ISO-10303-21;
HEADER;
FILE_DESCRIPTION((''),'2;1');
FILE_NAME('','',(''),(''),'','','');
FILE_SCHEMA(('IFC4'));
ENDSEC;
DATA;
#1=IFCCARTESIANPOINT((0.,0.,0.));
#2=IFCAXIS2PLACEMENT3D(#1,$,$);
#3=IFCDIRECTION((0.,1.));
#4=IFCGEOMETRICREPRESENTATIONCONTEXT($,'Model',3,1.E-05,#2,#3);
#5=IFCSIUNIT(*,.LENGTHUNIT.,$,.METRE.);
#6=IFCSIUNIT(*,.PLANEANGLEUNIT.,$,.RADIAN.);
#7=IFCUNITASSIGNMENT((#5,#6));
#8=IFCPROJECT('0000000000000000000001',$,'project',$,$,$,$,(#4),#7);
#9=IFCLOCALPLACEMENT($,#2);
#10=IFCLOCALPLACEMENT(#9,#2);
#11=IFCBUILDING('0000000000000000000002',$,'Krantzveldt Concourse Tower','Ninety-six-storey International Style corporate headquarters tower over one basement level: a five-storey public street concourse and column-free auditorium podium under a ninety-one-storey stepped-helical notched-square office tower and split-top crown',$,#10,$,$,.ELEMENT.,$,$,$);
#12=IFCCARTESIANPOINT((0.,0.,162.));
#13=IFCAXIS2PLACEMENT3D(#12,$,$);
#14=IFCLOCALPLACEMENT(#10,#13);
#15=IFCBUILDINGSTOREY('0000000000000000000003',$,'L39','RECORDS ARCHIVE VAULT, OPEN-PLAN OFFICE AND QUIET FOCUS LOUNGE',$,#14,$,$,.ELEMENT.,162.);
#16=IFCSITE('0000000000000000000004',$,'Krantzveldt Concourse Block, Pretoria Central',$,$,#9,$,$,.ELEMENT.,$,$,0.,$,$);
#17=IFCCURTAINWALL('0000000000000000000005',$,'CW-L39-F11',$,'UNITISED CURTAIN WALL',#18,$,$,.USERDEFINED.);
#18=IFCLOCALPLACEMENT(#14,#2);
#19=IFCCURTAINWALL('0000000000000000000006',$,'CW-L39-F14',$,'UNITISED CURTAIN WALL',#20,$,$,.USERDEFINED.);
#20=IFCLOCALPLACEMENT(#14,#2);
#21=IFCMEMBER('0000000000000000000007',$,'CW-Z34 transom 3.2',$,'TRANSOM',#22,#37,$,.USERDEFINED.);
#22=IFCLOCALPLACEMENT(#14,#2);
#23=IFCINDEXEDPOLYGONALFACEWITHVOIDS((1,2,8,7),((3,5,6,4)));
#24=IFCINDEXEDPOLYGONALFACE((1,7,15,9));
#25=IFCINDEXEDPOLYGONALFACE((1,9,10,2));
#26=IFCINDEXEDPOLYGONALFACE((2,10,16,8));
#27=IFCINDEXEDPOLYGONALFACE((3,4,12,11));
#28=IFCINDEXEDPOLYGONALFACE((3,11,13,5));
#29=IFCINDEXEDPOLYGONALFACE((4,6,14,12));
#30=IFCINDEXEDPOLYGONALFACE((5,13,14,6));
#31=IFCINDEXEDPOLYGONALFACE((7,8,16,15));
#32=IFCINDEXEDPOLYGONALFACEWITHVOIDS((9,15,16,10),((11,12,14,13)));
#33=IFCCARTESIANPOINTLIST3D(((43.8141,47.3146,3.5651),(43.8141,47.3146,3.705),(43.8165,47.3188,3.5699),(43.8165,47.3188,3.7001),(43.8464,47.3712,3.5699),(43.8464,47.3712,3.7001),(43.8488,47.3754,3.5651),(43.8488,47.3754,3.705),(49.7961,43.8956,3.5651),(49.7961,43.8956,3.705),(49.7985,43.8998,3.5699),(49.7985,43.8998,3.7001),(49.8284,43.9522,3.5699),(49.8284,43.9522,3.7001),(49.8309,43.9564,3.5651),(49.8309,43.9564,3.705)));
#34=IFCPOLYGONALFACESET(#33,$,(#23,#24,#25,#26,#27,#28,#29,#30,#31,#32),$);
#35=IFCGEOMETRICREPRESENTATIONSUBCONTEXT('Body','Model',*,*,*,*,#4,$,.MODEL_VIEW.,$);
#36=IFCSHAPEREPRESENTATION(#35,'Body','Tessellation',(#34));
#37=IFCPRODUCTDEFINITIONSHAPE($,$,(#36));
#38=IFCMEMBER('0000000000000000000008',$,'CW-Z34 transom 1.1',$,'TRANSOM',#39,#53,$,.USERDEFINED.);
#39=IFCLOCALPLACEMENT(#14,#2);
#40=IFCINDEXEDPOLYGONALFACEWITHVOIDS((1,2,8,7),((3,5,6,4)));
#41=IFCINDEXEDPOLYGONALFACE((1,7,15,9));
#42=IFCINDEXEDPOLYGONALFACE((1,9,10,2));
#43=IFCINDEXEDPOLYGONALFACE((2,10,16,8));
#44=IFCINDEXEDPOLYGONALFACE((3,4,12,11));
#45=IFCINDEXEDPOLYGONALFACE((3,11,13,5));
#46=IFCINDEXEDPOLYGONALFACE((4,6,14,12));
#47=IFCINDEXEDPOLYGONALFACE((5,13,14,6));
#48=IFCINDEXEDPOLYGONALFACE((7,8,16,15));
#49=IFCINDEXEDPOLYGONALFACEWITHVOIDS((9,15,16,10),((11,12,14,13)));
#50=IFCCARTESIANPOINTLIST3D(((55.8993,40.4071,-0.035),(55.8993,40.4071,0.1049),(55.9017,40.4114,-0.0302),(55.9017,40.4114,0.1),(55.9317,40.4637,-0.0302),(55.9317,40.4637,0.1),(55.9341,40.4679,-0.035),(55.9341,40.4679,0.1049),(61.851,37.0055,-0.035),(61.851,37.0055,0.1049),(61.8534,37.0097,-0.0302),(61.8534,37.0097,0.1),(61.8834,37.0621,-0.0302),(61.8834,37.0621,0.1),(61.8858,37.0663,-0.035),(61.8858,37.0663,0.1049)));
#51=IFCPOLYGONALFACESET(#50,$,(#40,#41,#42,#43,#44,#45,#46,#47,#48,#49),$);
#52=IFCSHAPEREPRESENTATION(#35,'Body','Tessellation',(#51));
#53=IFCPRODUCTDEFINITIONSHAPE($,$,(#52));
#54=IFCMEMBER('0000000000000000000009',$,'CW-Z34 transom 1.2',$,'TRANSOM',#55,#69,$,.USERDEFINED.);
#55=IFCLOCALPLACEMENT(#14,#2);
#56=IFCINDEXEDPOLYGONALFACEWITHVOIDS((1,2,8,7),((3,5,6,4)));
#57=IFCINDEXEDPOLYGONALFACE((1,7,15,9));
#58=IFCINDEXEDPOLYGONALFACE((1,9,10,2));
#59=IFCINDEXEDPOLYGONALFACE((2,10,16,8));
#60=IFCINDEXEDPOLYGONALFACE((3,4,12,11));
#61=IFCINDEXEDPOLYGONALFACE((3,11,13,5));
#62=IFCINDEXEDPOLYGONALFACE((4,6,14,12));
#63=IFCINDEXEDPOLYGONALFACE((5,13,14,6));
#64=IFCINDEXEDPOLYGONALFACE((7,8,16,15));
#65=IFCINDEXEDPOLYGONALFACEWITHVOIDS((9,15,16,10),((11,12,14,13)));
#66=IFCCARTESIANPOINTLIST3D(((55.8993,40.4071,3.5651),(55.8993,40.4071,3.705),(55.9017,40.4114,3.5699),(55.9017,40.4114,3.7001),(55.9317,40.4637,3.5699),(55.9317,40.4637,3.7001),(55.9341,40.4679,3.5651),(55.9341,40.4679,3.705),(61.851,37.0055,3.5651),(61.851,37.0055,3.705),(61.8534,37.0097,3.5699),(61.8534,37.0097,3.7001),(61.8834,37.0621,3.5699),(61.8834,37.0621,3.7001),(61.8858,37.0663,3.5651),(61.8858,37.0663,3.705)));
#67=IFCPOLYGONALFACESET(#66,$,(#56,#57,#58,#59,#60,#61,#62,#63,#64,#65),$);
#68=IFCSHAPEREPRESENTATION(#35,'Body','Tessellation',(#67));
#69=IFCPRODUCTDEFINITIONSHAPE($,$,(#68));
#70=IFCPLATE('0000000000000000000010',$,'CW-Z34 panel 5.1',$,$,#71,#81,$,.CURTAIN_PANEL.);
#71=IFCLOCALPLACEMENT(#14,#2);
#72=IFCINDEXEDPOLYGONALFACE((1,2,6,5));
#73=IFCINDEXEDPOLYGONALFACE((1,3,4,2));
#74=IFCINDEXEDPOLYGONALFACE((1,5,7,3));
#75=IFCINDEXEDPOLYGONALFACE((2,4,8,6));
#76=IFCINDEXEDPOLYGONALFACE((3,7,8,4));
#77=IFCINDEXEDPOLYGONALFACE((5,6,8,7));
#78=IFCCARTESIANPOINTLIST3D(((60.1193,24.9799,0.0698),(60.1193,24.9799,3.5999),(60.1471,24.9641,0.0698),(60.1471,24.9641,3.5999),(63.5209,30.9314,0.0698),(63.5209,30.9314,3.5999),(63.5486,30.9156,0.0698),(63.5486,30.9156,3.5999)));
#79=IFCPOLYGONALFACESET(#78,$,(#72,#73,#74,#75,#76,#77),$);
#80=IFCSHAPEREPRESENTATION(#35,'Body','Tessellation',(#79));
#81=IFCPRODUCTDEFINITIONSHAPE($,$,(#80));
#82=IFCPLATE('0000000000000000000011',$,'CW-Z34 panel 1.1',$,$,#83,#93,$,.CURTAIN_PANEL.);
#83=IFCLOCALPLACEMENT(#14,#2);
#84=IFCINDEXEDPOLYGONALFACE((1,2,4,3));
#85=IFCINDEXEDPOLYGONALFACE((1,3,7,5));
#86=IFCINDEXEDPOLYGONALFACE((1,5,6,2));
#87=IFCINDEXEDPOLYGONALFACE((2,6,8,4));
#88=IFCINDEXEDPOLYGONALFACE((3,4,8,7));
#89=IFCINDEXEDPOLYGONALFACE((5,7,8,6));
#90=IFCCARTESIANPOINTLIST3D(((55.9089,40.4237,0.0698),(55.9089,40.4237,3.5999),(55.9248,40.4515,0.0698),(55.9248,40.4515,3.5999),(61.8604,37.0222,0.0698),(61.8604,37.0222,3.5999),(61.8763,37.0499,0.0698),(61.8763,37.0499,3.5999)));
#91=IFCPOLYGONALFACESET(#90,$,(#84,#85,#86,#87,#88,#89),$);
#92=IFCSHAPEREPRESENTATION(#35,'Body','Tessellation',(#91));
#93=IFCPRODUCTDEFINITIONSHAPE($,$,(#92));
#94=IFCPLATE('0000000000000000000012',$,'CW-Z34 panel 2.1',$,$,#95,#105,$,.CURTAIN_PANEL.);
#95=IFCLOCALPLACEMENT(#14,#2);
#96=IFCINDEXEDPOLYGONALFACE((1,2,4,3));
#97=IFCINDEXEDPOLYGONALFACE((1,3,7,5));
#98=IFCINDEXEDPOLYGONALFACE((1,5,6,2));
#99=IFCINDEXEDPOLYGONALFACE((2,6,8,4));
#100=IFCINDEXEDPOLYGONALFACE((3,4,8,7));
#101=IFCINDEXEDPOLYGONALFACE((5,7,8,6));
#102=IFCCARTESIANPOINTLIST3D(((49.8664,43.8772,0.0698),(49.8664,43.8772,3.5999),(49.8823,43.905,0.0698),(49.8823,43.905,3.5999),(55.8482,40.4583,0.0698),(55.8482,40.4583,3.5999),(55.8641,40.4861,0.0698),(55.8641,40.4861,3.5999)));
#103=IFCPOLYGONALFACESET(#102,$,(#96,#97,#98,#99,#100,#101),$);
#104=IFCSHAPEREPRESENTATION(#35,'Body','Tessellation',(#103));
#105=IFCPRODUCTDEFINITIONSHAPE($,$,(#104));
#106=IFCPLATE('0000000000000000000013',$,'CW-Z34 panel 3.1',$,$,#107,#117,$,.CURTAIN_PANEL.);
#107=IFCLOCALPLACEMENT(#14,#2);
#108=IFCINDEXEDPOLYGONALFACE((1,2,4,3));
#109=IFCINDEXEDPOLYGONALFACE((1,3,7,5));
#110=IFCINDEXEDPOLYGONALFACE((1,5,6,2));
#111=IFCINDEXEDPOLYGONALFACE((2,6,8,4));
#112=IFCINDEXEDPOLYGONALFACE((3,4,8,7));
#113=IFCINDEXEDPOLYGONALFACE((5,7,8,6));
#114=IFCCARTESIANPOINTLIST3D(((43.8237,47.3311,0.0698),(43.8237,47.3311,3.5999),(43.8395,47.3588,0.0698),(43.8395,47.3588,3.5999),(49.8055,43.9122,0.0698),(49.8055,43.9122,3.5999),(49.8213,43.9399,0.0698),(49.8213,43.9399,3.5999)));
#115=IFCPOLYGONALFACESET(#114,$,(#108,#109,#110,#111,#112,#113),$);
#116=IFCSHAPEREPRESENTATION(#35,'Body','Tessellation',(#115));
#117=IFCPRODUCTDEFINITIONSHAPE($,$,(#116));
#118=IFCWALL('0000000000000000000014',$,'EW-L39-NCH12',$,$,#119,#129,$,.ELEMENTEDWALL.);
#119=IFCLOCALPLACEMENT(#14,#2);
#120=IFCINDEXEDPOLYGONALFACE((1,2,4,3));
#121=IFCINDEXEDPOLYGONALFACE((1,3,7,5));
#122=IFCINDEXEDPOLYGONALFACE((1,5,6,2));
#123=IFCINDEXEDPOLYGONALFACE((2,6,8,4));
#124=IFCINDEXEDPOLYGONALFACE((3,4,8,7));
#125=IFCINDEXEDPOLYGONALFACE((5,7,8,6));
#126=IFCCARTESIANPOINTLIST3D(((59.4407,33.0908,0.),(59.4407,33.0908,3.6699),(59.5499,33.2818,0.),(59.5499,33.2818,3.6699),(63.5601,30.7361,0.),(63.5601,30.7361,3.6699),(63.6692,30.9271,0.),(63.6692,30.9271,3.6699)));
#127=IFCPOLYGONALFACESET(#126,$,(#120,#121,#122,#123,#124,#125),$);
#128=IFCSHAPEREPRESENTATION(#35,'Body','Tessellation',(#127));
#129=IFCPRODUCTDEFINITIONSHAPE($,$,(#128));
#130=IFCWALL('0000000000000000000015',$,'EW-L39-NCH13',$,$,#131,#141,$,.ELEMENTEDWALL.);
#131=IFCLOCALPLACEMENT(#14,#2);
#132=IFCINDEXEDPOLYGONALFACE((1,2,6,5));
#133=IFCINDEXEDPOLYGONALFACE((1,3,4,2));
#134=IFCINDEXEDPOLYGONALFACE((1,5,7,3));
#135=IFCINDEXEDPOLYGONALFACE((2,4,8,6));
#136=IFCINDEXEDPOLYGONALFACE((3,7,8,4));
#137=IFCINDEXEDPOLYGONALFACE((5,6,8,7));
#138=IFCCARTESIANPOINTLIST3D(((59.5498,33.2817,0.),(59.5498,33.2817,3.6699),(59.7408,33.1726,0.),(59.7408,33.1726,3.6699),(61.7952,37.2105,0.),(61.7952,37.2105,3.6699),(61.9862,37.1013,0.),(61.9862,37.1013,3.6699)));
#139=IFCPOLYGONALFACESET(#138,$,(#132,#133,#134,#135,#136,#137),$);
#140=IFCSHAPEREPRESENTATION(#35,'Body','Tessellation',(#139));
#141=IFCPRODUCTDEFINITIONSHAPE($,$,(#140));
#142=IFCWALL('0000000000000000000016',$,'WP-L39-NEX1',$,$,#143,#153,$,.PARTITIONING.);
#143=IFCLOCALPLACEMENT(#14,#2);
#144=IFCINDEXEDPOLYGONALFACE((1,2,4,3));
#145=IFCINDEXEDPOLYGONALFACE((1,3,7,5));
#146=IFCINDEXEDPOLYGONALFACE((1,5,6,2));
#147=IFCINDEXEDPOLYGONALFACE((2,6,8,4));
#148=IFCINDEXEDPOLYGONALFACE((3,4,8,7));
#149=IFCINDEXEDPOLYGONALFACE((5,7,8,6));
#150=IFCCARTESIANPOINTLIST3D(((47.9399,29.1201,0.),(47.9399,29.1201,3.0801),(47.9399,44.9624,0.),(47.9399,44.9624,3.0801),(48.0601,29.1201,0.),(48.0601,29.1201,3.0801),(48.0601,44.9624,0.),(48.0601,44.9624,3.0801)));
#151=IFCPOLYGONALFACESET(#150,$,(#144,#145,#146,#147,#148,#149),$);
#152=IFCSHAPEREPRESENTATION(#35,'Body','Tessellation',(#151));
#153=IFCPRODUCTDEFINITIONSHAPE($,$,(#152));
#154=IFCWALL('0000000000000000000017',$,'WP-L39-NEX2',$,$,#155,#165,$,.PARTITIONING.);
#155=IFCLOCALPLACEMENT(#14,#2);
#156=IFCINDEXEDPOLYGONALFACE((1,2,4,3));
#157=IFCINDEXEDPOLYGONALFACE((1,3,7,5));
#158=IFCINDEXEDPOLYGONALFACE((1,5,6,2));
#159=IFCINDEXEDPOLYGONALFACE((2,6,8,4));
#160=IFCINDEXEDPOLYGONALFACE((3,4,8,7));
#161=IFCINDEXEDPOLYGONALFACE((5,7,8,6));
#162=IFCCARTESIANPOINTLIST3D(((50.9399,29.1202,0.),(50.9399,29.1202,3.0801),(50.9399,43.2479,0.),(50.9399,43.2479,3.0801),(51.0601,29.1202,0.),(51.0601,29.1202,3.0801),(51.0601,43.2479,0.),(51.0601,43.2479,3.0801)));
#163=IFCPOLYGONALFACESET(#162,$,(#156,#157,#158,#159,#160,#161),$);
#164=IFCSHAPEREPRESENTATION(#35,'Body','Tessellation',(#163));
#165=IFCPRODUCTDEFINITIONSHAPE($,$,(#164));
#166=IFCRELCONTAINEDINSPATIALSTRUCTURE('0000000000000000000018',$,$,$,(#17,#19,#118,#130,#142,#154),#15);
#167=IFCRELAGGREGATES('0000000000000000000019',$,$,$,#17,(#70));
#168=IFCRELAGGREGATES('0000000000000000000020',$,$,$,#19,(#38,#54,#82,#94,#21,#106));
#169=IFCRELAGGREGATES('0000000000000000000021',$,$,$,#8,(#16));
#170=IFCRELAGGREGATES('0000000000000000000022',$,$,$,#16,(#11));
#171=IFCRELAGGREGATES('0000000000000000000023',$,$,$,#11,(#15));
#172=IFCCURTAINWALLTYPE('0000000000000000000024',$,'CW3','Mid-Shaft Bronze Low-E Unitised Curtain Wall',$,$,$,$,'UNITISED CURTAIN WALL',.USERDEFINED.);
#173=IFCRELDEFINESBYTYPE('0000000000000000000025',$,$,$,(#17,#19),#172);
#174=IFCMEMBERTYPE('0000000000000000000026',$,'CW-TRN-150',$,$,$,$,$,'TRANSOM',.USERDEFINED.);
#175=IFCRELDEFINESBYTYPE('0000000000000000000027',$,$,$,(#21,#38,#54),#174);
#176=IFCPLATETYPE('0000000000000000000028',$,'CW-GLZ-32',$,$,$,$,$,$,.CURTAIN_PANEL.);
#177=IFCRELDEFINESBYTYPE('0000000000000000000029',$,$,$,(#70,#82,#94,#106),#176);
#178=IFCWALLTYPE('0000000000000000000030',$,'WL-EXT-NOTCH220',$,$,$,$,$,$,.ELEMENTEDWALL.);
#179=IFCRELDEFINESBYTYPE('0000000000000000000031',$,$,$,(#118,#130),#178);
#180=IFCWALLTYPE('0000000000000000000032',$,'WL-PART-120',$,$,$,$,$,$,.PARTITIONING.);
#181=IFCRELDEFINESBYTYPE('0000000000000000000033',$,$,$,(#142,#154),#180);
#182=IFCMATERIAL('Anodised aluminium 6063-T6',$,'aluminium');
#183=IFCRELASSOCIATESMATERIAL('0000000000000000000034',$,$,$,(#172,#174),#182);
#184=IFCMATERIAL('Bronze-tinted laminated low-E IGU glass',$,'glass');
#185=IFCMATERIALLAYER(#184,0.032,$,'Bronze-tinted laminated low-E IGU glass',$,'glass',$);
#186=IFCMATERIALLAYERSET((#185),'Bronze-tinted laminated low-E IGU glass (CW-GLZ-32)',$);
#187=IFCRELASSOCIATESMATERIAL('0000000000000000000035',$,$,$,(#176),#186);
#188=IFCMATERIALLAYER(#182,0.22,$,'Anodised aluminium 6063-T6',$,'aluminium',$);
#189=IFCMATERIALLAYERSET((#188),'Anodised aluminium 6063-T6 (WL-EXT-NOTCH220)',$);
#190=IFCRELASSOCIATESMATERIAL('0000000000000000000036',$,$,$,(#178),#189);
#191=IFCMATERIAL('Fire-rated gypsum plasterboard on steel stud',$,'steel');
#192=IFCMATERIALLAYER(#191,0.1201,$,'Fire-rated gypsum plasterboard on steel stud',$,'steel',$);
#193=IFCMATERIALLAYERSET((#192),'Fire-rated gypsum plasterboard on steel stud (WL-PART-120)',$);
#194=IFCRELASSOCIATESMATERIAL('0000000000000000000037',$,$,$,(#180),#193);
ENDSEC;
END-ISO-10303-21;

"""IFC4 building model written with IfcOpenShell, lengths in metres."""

from ifc_helpers import new_model, si_unit, direction, frame, frame_2d, origin, origin_2d, place, context, subcontext, project, spatial, rectangle, hollow_rectangle, extrude, source, transform, mapped, material, layer, layer_set, material_profile, profile_set, type_object, type_shapes, element, aggregate, save


model = new_model("IFC4")

# Units and contexts
model_context = context("Model", 3, precision=1e-05, world=origin(), true_north=direction((0.0, 1.0)))
body_context = subcontext(model_context, "Body", "Model", "MODEL_VIEW")
ifc_project = project(units=[si_unit("LENGTHUNIT", "METRE"), si_unit("PLANEANGLEUNIT", "RADIAN")], contexts=[model_context])

# Site, building, storey
site_placement = place(None, origin())
site = spatial("IfcSite", under=ifc_project, at=site_placement, Name="Krantzveldt Concourse Block, Pretoria Central", CompositionType="ELEMENT", RefElevation=0.0)
building_placement = place(site_placement, origin())
building = spatial("IfcBuilding", under=site, at=building_placement, Name="Krantzveldt Concourse Tower", Description="Ninety-six-storey International Style corporate headquarters tower over one basement level: a five-storey public street concourse and column-free auditorium podium under a ninety-one-storey stepped-helical notched-square office tower and split-top crown", CompositionType="ELEMENT")
storey_placement = place(building_placement, frame((0.0, 0.0, 162.0)))
storey = spatial("IfcBuildingStorey", under=building, at=storey_placement, Name="L39", Description="RECORDS ARCHIVE VAULT, OPEN-PLAN OFFICE AND QUIET FOCUS LOUNGE", CompositionType="ELEMENT", Elevation=162.0)

# Curtain walls
ifc_material_1 = material(Name="Anodised aluminium 6063-T6", Category="aluminium")
curtain_wall_type = type_object("IfcCurtainWallType", Name="CW3", Description="Mid-Shaft Bronze Low-E Unitised Curtain Wall", ElementType="UNITISED CURTAIN WALL", PredefinedType="USERDEFINED", material=ifc_material_1)
curtain_wall_1_placement = place(storey_placement, origin())
curtain_wall_1 = element("IfcCurtainWall", 1, at=curtain_wall_1_placement, inside=storey, type_object=curtain_wall_type, Name="CW-L39-F11", ObjectType="UNITISED CURTAIN WALL", PredefinedType="USERDEFINED")
curtain_wall_2_placement = place(storey_placement, origin())
curtain_wall_2 = element("IfcCurtainWall", 2, at=curtain_wall_2_placement, inside=storey, type_object=curtain_wall_type, Name="CW-L39-F14", ObjectType="UNITISED CURTAIN WALL", PredefinedType="USERDEFINED")

# Members
ifc_material_profile_1 = material_profile(ifc_material_1, hollow_rectangle(XDim=0.0701, YDim=0.1399, WallThickness=0.0049, at=origin_2d()), Name="Anodised aluminium 6063-T6", Category="aluminium")
ifc_profile_set_1 = profile_set([ifc_material_profile_1], Name="Anodised aluminium 6063-T6 - ALU-TRAN 140x70x5")
member_type_1 = type_object("IfcMemberType", Name="CW-TRN-150", ElementType="TRANSOM", PredefinedType="USERDEFINED", material=ifc_profile_set_1)
shared_shape_1 = source(origin(), body_context, "Body", "SweptSolid", [
    extrude(hollow_rectangle(XDim=0.0701, YDim=0.1399, WallThickness=0.0049, at=origin_2d()), origin(), (0.0, 0.0, 1.0), 6.8901),
])
member_1_placement = place(storey_placement, frame((49.8135, 43.926, 3.635), z_axis=(-0.8682, 0.496215, 0.0), x_axis=(-0.496215, -0.8682, 0.0)))
member_1 = element("IfcMember", 3, at=member_1_placement, type_object=member_type_1, Name="CW-Z34 transom 3.2", ObjectType="TRANSOM", PredefinedType="USERDEFINED", context=body_context, shape_type="MappedRepresentation", body=[
    mapped(shared_shape_1, transform((0.0, 0.0, 0.0), x_axis=(1.0, 0.0, 0.0), y_axis=(0.0, 1.0, 0.0), z_axis=(0.0, 0.0, 1.0), scale=1.0)),
])
shared_shape_2 = source(origin(), body_context, "Body", "SweptSolid", [
    extrude(hollow_rectangle(XDim=0.0701, YDim=0.1399, WallThickness=0.0049, at=origin_2d()), origin(), (0.0, 0.0, 1.0), 6.8552),
])
member_2_placement = place(storey_placement, frame((61.8684, 37.0359, 0.0349), z_axis=(-0.868201, 0.496212, 0.0), x_axis=(-0.496212, -0.868201, 0.0)))
member_2 = element("IfcMember", 4, at=member_2_placement, type_object=member_type_1, Name="CW-Z34 transom 1.1", ObjectType="TRANSOM", PredefinedType="USERDEFINED", context=body_context, shape_type="MappedRepresentation", body=[
    mapped(shared_shape_2, transform((0.0, 0.0, 0.0), x_axis=(1.0, 0.0, 0.0), y_axis=(0.0, 1.0, 0.0), z_axis=(0.0, 0.0, 1.0), scale=1.0)),
])
member_3_placement = place(storey_placement, frame((61.8684, 37.0359, 3.635), z_axis=(-0.868201, 0.496212, 0.0), x_axis=(-0.496212, -0.868201, 0.0)))
member_3 = element("IfcMember", 5, at=member_3_placement, type_object=member_type_1, Name="CW-Z34 transom 1.2", ObjectType="TRANSOM", PredefinedType="USERDEFINED", context=body_context, shape_type="MappedRepresentation", body=[
    mapped(shared_shape_2, transform((0.0, 0.0, 0.0), x_axis=(1.0, 0.0, 0.0), y_axis=(0.0, 1.0, 0.0), z_axis=(0.0, 0.0, 1.0), scale=1.0)),
])

# Plates
ifc_material_2 = material(Name="Bronze-tinted laminated low-E IGU glass", Category="glass")
ifc_layer_1 = layer(ifc_material_2, 0.032, Name="Bronze-tinted laminated low-E IGU glass", Category="glass")
ifc_layer_set_1 = layer_set([ifc_layer_1], Name="Bronze-tinted laminated low-E IGU glass (CW-GLZ-32)")
plate_type = type_object("IfcPlateType", Name="CW-GLZ-32", PredefinedType="CURTAIN_PANEL", material=ifc_layer_set_1)
shared_shape_3 = source(origin(), body_context, "Body", "SweptSolid", [
    extrude(rectangle(XDim=6.855, YDim=0.032, at=origin_2d()), origin(), (0.0, 0.0, 1.0), 3.53),
])
plate_1_placement = place(storey_placement, frame((61.834, 27.9478, 0.0698), z_axis=(0.0, 0.0, 1.0), x_axis=(0.496216, 0.868199, 0.0)))
plate_1 = element("IfcPlate", 6, at=plate_1_placement, type_object=plate_type, Name="CW-Z34 panel 5.1", PredefinedType="CURTAIN_PANEL", context=body_context, shape_type="MappedRepresentation", body=[
    mapped(shared_shape_3, transform((0.0, 0.0, 0.0), x_axis=(1.0, 0.0, 0.0), y_axis=(0.0, 1.0, 0.0), z_axis=(0.0, 0.0, 1.0), scale=1.0)),
])
aggregate(curtain_wall_1, [plate_1])
plate_2_placement = place(storey_placement, frame((58.8926, 38.7368, 0.0698), z_axis=(0.0, 0.0, 1.0), x_axis=(-0.868199, 0.496216, 0.0)))
plate_2 = element("IfcPlate", 7, at=plate_2_placement, type_object=plate_type, Name="CW-Z34 panel 1.1", PredefinedType="CURTAIN_PANEL", context=body_context, shape_type="MappedRepresentation", body=[
    mapped(shared_shape_3, transform((0.0, 0.0, 0.0), x_axis=(1.0, 0.0, 0.0), y_axis=(0.0, 1.0, 0.0), z_axis=(0.0, 0.0, 1.0), scale=1.0)),
])
shared_shape_4 = source(origin(), body_context, "Body", "SweptSolid", [
    extrude(rectangle(XDim=6.8899, YDim=0.032, at=origin_2d()), origin(), (0.0, 0.0, 1.0), 3.53),
])
type_shapes(plate_type, [shared_shape_3, shared_shape_4])
plate_3_placement = place(storey_placement, frame((52.8652, 42.1816, 0.0698), z_axis=(0.0, 0.0, 1.0), x_axis=(-0.868199, 0.496216, 0.0)))
plate_3 = element("IfcPlate", 8, at=plate_3_placement, type_object=plate_type, Name="CW-Z34 panel 2.1", PredefinedType="CURTAIN_PANEL", context=body_context, shape_type="MappedRepresentation", body=[
    mapped(shared_shape_4, transform((0.0, 0.0, 0.0), x_axis=(1.0, 0.0, 0.0), y_axis=(0.0, 1.0, 0.0), z_axis=(0.0, 0.0, 1.0), scale=1.0)),
])
plate_4_placement = place(storey_placement, frame((46.8225, 45.6355, 0.0698), z_axis=(0.0, 0.0, 1.0), x_axis=(-0.868199, 0.496216, 0.0)))
plate_4 = element("IfcPlate", 9, at=plate_4_placement, type_object=plate_type, Name="CW-Z34 panel 3.1", PredefinedType="CURTAIN_PANEL", context=body_context, shape_type="MappedRepresentation", body=[
    mapped(shared_shape_4, transform((0.0, 0.0, 0.0), x_axis=(1.0, 0.0, 0.0), y_axis=(0.0, 1.0, 0.0), z_axis=(0.0, 0.0, 1.0), scale=1.0)),
])
aggregate(curtain_wall_2, [member_2, member_3, plate_2, plate_3, member_1, plate_4])

# Walls
ifc_layer_2 = layer(ifc_material_1, 0.22, Name="Anodised aluminium 6063-T6", Category="aluminium")
ifc_layer_set_2 = layer_set([ifc_layer_2], Name="Anodised aluminium 6063-T6 (WL-EXT-NOTCH220)")
wall_type_1 = type_object("IfcWallType", Name="WL-EXT-NOTCH220", PredefinedType="ELEMENTEDWALL", material=ifc_layer_set_2)
wall_1_placement = place(storey_placement, frame((63.6147, 30.8315, 0.0), z_axis=(0.0, 0.0, 1.0), x_axis=(-0.86817, 0.496266, 0.0)))
element("IfcWall", 10, at=wall_1_placement, inside=storey, type_object=wall_type_1, Name="EW-L39-NCH12", PredefinedType="ELEMENTEDWALL", context=body_context, shape_type="SweptSolid", body=[
    extrude(rectangle(XDim=4.7449, YDim=0.22, at=frame_2d((2.3726, 0.0))), origin(), (0.0, 0.0, 1.0), 3.6699),
])
wall_2_placement = place(storey_placement, frame((59.6453, 33.2271, 0.0), z_axis=(0.0, 0.0, 1.0), x_axis=(0.496203, 0.868207, 0.0)))
element("IfcWall", 11, at=wall_2_placement, inside=storey, type_object=wall_type_1, Name="EW-L39-NCH13", PredefinedType="ELEMENTEDWALL", context=body_context, shape_type="SweptSolid", body=[
    extrude(rectangle(XDim=4.5251, YDim=0.22, at=frame_2d((2.2627, 0.0))), origin(), (0.0, 0.0, 1.0), 3.6699),
])
ifc_material_3 = material(Name="Fire-rated gypsum plasterboard on steel stud", Category="steel")
ifc_layer_3 = layer(ifc_material_3, 0.1201, Name="Fire-rated gypsum plasterboard on steel stud", Category="steel")
ifc_layer_set_3 = layer_set([ifc_layer_3], Name="Fire-rated gypsum plasterboard on steel stud (WL-PART-120)")
wall_type_2 = type_object("IfcWallType", Name="WL-PART-120", PredefinedType="PARTITIONING", material=ifc_layer_set_3)
wall_3_placement = place(storey_placement, frame((48.0, 29.1201, 0.0), z_axis=(0.0, 0.0, 1.0), x_axis=(0.0, 1.0, 0.0)))
element("IfcWall", 12, at=wall_3_placement, inside=storey, type_object=wall_type_2, Name="WP-L39-NEX1", PredefinedType="PARTITIONING", context=body_context, shape_type="SweptSolid", body=[
    extrude(rectangle(XDim=15.8423, YDim=0.1201, at=frame_2d((7.9211, 0.0))), origin(), (0.0, 0.0, 1.0), 3.0801),
])
wall_4_placement = place(storey_placement, frame((51.0, 29.1201, 0.0), z_axis=(0.0, 0.0, 1.0), x_axis=(0.0, 1.0, 0.0)))
element("IfcWall", 13, at=wall_4_placement, inside=storey, type_object=wall_type_2, Name="WP-L39-NEX2", PredefinedType="PARTITIONING", context=body_context, shape_type="SweptSolid", body=[
    extrude(rectangle(XDim=14.1277, YDim=0.1201, at=frame_2d((7.064, 0.0))), origin(), (0.0, 0.0, 1.0), 3.0801),
])

save(model, "model.ifc")
